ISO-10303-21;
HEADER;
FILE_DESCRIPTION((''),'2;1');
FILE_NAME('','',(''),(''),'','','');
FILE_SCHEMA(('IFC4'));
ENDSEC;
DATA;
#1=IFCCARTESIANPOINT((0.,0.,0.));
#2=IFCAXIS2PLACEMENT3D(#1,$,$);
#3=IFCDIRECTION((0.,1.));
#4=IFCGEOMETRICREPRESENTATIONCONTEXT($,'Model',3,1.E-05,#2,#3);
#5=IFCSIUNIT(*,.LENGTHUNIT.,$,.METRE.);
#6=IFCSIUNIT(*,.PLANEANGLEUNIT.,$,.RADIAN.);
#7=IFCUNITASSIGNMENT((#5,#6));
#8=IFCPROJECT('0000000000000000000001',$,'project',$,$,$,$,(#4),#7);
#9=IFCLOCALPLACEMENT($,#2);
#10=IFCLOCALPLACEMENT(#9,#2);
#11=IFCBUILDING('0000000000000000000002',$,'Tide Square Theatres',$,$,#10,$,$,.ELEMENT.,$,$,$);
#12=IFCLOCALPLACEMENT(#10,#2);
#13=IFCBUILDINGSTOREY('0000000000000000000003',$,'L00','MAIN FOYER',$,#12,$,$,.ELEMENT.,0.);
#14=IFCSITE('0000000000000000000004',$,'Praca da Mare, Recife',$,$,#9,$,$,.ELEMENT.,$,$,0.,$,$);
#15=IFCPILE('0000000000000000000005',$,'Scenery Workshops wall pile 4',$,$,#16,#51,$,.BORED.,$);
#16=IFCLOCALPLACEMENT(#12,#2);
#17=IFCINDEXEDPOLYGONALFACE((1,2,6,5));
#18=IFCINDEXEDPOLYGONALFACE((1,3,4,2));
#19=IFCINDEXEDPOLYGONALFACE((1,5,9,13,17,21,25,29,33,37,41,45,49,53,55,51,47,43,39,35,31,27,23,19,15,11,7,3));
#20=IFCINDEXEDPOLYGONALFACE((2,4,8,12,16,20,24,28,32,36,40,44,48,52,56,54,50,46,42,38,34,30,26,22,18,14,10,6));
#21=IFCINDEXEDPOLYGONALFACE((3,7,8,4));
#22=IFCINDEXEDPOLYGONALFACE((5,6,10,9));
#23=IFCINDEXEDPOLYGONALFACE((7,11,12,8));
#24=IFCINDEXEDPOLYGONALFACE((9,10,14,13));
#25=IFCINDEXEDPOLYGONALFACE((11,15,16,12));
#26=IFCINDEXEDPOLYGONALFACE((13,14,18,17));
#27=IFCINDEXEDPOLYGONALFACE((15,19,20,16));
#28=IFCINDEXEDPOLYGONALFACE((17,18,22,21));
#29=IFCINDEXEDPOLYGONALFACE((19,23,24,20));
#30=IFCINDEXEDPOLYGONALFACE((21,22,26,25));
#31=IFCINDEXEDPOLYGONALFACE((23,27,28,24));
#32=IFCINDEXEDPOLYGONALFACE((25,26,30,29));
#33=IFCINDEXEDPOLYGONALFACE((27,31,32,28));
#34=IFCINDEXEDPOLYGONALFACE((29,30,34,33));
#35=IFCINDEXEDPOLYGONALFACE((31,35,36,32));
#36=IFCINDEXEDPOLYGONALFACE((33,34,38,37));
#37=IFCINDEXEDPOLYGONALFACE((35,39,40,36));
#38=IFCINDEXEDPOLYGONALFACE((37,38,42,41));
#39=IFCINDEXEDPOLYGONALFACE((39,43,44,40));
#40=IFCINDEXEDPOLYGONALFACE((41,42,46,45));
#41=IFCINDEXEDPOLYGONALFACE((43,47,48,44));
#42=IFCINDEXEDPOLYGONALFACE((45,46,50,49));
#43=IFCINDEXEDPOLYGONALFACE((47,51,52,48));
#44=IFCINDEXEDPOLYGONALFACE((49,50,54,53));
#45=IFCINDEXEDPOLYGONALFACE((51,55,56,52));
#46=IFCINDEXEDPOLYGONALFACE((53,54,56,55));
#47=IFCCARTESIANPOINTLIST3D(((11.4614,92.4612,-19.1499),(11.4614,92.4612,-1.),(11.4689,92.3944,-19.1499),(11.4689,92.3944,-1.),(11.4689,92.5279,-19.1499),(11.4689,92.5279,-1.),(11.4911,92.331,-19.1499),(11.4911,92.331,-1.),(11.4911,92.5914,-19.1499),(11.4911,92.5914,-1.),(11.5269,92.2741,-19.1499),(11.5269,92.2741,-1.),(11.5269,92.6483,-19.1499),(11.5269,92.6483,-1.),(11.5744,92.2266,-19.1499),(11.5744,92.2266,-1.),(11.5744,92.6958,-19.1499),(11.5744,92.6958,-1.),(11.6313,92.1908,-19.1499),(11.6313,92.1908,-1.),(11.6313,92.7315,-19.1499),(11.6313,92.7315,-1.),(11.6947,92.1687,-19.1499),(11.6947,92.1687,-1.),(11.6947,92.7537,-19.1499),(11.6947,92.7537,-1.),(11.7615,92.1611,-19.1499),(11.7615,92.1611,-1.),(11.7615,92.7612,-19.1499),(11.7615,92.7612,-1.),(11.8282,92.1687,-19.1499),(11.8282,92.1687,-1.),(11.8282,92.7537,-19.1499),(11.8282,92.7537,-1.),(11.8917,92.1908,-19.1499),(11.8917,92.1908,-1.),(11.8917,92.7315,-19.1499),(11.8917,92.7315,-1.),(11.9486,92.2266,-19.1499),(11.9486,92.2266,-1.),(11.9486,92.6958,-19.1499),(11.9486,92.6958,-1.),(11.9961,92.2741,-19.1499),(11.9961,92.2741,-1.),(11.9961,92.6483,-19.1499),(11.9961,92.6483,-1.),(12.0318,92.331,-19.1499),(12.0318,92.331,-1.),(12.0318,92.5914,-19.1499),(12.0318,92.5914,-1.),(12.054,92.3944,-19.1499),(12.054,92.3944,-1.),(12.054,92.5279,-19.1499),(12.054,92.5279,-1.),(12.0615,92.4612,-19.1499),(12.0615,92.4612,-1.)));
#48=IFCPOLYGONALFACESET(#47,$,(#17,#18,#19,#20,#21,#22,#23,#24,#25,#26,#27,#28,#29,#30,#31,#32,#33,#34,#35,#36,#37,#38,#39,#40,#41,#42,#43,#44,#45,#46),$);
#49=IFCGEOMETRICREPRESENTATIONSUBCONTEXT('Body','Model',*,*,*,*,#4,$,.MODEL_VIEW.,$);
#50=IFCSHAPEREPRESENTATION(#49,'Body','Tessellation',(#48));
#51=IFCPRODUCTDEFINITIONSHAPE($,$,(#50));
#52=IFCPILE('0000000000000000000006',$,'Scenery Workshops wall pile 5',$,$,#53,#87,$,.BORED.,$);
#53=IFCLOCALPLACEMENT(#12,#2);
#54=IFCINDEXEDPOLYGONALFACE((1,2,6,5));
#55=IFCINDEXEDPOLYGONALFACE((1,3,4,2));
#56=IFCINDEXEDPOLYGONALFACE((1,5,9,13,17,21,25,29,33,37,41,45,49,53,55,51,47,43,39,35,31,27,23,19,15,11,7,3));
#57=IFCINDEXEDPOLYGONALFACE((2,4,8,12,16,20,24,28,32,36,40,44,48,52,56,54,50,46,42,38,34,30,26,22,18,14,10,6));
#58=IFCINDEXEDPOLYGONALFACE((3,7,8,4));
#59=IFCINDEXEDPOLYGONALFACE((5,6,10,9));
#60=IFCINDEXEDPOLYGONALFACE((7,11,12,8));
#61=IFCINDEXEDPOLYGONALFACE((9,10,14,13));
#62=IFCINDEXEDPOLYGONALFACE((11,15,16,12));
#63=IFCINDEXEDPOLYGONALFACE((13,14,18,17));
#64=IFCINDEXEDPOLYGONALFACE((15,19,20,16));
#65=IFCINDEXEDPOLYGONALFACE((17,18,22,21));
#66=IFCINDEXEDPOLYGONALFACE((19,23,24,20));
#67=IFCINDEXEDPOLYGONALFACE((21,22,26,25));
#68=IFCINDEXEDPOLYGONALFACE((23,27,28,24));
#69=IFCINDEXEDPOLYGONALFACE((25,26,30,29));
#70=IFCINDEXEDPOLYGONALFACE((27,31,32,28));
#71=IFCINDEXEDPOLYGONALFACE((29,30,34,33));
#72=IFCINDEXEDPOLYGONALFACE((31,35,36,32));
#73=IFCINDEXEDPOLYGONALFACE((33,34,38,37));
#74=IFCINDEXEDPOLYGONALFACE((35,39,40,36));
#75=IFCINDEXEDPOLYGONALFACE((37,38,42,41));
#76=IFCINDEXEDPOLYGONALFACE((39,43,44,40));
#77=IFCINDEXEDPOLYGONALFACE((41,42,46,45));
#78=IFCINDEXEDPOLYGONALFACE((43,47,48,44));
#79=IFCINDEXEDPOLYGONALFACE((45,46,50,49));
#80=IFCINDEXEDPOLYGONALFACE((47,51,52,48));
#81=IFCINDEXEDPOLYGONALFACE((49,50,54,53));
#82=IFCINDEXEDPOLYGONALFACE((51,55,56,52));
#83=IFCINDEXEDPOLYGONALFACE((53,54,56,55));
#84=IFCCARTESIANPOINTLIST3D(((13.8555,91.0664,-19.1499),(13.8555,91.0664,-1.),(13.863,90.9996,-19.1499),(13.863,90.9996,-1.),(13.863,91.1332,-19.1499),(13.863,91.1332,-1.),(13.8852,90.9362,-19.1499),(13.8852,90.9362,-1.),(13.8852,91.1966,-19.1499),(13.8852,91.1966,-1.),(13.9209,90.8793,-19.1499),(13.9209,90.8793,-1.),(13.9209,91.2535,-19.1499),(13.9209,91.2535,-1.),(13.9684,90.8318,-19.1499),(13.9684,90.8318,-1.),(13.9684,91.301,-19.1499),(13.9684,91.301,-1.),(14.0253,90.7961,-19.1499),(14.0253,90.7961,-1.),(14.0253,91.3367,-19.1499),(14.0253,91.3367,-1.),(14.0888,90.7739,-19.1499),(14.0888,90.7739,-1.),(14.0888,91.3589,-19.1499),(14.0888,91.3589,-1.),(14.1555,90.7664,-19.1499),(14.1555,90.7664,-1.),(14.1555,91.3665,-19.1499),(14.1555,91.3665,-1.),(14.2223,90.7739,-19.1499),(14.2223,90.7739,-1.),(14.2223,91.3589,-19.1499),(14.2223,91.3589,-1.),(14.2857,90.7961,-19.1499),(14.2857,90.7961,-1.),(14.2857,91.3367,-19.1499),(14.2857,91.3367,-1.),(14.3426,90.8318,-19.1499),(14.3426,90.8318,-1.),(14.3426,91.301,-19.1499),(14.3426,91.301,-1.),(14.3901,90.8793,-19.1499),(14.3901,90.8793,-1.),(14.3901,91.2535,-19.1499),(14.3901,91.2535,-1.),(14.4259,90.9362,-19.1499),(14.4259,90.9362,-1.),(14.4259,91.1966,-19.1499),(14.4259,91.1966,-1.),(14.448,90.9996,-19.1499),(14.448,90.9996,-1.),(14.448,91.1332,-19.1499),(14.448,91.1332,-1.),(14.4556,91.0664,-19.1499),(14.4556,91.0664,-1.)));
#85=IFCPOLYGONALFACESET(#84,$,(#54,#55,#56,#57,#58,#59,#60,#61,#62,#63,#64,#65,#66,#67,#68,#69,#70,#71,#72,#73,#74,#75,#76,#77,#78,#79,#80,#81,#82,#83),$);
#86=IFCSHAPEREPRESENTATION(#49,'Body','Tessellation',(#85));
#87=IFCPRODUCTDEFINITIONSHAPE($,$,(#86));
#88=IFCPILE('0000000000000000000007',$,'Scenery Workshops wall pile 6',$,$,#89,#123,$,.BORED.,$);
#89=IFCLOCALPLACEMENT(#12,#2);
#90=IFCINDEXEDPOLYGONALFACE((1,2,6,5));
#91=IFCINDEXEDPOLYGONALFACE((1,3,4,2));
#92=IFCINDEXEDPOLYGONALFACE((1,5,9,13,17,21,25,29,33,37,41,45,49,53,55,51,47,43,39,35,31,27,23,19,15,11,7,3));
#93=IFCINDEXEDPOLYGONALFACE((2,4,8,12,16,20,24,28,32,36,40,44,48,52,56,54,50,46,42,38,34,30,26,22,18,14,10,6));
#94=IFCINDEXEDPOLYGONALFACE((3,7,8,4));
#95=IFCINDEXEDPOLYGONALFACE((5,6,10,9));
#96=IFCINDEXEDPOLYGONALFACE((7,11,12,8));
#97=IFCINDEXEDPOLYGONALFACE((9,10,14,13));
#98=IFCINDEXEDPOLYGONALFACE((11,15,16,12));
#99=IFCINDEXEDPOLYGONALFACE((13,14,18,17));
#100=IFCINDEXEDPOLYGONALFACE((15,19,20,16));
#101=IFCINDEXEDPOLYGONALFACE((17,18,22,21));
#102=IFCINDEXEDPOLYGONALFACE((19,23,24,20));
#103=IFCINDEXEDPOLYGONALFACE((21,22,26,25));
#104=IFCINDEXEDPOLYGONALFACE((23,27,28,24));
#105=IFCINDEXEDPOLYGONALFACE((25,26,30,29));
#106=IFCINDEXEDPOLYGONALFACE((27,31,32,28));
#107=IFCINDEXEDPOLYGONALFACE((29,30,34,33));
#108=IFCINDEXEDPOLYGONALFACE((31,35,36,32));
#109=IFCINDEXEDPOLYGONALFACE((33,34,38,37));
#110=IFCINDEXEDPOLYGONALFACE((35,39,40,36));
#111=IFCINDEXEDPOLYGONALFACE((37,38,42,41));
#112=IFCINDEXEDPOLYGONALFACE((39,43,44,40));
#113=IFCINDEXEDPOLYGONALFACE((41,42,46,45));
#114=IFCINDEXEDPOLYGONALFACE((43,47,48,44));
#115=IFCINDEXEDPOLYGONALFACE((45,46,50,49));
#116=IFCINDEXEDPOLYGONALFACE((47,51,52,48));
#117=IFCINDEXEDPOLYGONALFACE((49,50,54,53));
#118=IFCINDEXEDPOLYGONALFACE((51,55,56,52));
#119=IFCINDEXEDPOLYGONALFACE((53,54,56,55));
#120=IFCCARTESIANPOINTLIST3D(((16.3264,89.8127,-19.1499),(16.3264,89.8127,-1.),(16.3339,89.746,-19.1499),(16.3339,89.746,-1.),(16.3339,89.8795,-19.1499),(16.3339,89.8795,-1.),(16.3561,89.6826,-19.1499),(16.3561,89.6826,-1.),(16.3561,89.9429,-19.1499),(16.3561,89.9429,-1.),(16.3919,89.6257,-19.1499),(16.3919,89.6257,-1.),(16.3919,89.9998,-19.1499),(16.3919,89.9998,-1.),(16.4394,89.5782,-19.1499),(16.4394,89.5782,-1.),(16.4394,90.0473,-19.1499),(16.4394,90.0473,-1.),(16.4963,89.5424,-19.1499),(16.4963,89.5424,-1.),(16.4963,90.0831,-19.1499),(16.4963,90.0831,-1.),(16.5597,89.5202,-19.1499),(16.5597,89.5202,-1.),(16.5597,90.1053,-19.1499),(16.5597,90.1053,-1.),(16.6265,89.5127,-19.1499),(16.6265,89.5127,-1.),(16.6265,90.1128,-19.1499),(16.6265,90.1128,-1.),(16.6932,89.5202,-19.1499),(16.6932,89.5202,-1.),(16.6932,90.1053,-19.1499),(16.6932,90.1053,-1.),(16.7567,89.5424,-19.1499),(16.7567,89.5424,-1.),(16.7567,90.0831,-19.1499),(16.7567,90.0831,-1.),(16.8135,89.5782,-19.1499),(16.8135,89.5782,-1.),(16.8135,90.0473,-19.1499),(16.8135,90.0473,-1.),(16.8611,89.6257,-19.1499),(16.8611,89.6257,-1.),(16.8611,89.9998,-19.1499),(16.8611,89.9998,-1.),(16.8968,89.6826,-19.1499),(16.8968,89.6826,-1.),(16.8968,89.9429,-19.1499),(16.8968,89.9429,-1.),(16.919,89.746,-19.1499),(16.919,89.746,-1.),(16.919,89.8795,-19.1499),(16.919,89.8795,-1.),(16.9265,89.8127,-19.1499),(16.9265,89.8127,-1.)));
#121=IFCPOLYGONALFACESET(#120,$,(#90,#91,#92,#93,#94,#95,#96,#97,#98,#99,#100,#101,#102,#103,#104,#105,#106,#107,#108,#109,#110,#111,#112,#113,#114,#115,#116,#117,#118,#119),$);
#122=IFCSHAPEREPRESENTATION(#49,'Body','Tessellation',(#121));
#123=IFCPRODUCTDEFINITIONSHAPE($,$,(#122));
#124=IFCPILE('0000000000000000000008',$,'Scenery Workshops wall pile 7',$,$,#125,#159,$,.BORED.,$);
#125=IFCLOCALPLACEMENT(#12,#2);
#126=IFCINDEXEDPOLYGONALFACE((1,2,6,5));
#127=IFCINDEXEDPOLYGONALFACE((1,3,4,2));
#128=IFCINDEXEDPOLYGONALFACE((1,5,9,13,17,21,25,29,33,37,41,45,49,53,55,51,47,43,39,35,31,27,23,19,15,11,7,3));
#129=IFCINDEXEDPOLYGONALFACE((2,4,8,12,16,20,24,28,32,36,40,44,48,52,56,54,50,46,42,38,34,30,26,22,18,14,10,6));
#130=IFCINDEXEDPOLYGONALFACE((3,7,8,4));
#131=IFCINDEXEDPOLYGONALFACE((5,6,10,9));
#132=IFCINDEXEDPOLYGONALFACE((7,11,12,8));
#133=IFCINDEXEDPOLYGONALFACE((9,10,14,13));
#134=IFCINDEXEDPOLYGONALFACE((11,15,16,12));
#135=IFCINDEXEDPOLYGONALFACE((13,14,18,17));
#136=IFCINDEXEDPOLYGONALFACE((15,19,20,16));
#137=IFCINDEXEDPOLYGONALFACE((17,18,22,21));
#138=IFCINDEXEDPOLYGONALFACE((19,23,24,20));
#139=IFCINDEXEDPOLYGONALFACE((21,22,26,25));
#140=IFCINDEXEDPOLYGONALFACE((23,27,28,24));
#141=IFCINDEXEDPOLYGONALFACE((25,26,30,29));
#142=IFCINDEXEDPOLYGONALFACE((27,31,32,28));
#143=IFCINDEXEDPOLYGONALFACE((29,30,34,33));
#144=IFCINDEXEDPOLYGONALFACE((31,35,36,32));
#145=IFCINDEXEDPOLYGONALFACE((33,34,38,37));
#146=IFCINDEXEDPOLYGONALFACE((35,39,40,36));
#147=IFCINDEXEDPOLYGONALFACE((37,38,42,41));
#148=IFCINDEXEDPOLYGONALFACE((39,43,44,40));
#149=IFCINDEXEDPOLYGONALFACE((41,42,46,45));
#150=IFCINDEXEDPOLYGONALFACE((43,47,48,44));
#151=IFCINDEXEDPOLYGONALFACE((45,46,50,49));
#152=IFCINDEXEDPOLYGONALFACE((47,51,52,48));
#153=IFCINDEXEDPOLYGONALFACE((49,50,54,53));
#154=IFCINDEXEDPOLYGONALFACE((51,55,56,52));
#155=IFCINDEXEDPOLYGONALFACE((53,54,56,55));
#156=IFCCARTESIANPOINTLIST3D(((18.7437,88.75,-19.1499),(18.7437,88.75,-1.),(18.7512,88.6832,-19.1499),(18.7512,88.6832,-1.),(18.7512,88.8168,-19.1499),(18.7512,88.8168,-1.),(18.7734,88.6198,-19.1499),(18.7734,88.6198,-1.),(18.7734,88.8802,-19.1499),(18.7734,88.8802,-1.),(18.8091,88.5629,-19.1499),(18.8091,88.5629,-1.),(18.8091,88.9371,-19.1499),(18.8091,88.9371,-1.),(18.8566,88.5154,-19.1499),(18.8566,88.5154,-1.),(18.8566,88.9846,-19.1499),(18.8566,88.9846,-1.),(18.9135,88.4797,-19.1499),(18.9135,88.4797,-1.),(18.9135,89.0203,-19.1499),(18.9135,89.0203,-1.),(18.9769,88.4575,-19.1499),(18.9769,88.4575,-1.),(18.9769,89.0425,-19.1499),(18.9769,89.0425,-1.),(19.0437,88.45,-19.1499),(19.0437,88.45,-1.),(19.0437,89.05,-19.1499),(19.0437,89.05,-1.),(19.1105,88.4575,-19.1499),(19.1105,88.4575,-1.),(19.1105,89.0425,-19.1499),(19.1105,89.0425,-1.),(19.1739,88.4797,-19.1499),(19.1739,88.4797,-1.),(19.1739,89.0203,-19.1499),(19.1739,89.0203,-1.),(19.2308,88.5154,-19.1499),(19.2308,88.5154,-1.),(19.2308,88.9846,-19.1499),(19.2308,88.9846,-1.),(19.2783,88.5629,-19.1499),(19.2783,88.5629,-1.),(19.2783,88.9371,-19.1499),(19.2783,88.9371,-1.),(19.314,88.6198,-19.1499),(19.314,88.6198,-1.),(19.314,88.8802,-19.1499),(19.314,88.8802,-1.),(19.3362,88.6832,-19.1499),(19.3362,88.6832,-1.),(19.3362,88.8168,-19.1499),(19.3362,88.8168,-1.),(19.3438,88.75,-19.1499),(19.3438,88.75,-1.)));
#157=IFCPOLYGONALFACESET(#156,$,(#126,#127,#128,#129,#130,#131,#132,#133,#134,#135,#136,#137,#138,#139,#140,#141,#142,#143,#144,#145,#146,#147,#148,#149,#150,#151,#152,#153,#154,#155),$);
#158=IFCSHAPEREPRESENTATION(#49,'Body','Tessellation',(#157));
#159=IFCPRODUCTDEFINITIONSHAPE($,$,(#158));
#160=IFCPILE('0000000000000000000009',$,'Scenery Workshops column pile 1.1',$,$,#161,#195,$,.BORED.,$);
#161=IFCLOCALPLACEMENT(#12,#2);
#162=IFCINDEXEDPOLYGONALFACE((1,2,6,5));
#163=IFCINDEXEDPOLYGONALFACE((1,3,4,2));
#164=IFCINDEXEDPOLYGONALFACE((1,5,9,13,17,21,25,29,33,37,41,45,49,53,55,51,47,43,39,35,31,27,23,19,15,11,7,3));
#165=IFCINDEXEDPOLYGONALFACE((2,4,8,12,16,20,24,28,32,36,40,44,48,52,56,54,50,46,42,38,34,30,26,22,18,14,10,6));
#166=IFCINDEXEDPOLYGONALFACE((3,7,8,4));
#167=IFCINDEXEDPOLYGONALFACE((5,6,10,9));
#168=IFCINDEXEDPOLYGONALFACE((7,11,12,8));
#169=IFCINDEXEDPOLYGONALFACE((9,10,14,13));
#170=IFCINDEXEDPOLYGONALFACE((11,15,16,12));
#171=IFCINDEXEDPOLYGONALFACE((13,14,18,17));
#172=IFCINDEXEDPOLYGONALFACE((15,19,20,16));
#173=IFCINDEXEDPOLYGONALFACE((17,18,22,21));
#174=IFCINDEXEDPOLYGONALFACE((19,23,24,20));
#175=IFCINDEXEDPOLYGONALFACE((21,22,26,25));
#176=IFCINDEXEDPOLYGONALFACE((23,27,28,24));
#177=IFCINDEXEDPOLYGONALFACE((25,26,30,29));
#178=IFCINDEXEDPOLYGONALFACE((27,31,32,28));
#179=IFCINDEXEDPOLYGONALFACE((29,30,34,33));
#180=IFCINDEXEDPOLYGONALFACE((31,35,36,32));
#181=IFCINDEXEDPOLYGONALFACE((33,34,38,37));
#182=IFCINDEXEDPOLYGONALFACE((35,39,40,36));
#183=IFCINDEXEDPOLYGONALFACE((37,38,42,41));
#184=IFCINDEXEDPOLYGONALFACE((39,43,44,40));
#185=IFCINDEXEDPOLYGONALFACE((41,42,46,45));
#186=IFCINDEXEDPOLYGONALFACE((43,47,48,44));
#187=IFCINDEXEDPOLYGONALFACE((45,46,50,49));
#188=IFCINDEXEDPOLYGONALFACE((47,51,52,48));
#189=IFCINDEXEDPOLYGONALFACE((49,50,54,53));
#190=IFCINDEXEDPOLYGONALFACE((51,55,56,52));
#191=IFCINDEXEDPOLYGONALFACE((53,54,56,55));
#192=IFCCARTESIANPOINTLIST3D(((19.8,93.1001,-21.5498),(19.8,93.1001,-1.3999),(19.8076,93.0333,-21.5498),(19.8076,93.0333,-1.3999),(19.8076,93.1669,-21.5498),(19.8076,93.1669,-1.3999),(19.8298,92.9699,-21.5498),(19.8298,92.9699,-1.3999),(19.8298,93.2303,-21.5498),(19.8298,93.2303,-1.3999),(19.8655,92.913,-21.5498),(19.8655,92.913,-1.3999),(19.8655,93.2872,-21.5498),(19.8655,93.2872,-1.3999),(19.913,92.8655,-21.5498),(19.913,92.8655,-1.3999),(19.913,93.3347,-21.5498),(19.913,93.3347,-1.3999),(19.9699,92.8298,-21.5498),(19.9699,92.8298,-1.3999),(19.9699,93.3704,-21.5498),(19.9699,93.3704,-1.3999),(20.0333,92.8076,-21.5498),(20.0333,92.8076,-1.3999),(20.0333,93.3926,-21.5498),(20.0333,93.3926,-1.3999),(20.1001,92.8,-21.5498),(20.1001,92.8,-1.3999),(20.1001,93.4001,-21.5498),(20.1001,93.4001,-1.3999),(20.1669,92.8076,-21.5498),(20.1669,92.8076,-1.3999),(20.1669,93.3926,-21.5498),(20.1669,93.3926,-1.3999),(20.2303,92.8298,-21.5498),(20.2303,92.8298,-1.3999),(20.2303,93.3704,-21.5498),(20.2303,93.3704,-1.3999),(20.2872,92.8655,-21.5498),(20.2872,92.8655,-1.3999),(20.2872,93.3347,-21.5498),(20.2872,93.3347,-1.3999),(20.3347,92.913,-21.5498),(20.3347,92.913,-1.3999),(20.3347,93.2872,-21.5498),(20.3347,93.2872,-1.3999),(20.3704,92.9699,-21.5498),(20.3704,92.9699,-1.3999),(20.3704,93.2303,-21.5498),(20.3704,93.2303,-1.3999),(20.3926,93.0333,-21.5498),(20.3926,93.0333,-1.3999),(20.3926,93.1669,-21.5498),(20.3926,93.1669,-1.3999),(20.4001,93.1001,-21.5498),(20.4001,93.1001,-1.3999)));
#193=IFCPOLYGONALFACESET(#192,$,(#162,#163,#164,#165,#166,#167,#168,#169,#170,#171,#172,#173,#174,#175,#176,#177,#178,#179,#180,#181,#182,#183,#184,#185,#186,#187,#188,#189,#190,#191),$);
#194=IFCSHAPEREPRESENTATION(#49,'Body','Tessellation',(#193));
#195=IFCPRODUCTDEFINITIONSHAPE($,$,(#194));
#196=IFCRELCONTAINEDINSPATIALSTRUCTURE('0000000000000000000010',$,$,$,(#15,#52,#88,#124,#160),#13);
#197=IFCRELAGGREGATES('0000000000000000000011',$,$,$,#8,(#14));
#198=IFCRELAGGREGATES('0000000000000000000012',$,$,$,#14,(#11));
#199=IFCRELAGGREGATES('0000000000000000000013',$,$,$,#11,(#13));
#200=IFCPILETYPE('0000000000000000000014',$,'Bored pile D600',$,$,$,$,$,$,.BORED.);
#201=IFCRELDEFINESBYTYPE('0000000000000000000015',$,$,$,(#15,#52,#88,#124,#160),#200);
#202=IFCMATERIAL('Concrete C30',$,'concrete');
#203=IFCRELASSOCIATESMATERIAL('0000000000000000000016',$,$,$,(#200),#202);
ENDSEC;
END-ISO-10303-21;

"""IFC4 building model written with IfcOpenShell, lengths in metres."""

from ifc_helpers import new_model, si_unit, direction, frame, origin, origin_2d, place, context, subcontext, project, spatial, circle, extrude, material, material_profile, profile_set, type_object, element, save


model = new_model("IFC4")

# Units and contexts
model_context = context("Model", 3, precision=1e-05, world=origin(), true_north=direction((0.0, 1.0)))
body_context = subcontext(model_context, "Body", "Model", "MODEL_VIEW")
ifc_project = project(units=[si_unit("LENGTHUNIT", "METRE"), si_unit("PLANEANGLEUNIT", "RADIAN")], contexts=[model_context])

# Site, building, storey
site_placement = place(None, origin())
site = spatial("IfcSite", under=ifc_project, at=site_placement, Name="Praca da Mare, Recife", CompositionType="ELEMENT", RefElevation=0.0)
building_placement = place(site_placement, origin())
building = spatial("IfcBuilding", under=site, at=building_placement, Name="Tide Square Theatres", CompositionType="ELEMENT")
storey_placement = place(building_placement, origin())
storey = spatial("IfcBuildingStorey", under=building, at=storey_placement, Name="L00", Description="MAIN FOYER", CompositionType="ELEMENT", Elevation=0.0)

# Piles
ifc_material_1 = material(Name="Concrete C30", Category="concrete")
ifc_material_profile_1 = material_profile(ifc_material_1, circle(Radius=0.3, at=origin_2d()))
ifc_profile_set_1 = profile_set([ifc_material_profile_1], Name="Concrete C30")
pile_type = type_object("IfcPileType", Name="Bored pile D600", PredefinedType="BORED", material=ifc_profile_set_1)
for number, where, z_axis, x_axis, name in (
    (1, (11.7615, 92.4612, -1.0), (0.0, 0.0, -1.0), (1.0, 0.0, 0.0), "Scenery Workshops wall pile 4"),
    (2, (14.1555, 91.0664, -1.0), (0.0, 0.0, -1.0), (1.0, 0.0, 0.0), "Scenery Workshops wall pile 5"),
    (3, (16.6265, 89.8127, -1.0), (0.0, 0.0, -1.0), (1.0, 0.0, 0.0), "Scenery Workshops wall pile 6"),
    (4, (19.0437, 88.75, -1.0), (0.0, 0.0, -1.0), (1.0, 0.0, 0.0), "Scenery Workshops wall pile 7"),
):
    element("IfcPile", number, at=place(storey_placement, frame(where, z_axis=z_axis, x_axis=x_axis)), inside=storey, type_object=pile_type, Name=name, PredefinedType="BORED", context=body_context, shape_type="SweptSolid", body=[
        extrude(circle(Radius=0.3, at=origin_2d()), origin(), (0.0, 0.0, 1.0), 18.1499),
    ])
for number, where, z_axis, x_axis, name in (
    (5, (20.1001, 93.1001, -1.3999), (0.0, 0.0, -1.0), (1.0, 0.0, 0.0), "Scenery Workshops column pile 1.1"),
):
    element("IfcPile", number, at=place(storey_placement, frame(where, z_axis=z_axis, x_axis=x_axis)), inside=storey, type_object=pile_type, Name=name, PredefinedType="BORED", context=body_context, shape_type="SweptSolid", body=[
        extrude(circle(Radius=0.3, at=origin_2d()), origin(), (0.0, 0.0, 1.0), 20.1499),
    ])

save(model, "model.ifc")
